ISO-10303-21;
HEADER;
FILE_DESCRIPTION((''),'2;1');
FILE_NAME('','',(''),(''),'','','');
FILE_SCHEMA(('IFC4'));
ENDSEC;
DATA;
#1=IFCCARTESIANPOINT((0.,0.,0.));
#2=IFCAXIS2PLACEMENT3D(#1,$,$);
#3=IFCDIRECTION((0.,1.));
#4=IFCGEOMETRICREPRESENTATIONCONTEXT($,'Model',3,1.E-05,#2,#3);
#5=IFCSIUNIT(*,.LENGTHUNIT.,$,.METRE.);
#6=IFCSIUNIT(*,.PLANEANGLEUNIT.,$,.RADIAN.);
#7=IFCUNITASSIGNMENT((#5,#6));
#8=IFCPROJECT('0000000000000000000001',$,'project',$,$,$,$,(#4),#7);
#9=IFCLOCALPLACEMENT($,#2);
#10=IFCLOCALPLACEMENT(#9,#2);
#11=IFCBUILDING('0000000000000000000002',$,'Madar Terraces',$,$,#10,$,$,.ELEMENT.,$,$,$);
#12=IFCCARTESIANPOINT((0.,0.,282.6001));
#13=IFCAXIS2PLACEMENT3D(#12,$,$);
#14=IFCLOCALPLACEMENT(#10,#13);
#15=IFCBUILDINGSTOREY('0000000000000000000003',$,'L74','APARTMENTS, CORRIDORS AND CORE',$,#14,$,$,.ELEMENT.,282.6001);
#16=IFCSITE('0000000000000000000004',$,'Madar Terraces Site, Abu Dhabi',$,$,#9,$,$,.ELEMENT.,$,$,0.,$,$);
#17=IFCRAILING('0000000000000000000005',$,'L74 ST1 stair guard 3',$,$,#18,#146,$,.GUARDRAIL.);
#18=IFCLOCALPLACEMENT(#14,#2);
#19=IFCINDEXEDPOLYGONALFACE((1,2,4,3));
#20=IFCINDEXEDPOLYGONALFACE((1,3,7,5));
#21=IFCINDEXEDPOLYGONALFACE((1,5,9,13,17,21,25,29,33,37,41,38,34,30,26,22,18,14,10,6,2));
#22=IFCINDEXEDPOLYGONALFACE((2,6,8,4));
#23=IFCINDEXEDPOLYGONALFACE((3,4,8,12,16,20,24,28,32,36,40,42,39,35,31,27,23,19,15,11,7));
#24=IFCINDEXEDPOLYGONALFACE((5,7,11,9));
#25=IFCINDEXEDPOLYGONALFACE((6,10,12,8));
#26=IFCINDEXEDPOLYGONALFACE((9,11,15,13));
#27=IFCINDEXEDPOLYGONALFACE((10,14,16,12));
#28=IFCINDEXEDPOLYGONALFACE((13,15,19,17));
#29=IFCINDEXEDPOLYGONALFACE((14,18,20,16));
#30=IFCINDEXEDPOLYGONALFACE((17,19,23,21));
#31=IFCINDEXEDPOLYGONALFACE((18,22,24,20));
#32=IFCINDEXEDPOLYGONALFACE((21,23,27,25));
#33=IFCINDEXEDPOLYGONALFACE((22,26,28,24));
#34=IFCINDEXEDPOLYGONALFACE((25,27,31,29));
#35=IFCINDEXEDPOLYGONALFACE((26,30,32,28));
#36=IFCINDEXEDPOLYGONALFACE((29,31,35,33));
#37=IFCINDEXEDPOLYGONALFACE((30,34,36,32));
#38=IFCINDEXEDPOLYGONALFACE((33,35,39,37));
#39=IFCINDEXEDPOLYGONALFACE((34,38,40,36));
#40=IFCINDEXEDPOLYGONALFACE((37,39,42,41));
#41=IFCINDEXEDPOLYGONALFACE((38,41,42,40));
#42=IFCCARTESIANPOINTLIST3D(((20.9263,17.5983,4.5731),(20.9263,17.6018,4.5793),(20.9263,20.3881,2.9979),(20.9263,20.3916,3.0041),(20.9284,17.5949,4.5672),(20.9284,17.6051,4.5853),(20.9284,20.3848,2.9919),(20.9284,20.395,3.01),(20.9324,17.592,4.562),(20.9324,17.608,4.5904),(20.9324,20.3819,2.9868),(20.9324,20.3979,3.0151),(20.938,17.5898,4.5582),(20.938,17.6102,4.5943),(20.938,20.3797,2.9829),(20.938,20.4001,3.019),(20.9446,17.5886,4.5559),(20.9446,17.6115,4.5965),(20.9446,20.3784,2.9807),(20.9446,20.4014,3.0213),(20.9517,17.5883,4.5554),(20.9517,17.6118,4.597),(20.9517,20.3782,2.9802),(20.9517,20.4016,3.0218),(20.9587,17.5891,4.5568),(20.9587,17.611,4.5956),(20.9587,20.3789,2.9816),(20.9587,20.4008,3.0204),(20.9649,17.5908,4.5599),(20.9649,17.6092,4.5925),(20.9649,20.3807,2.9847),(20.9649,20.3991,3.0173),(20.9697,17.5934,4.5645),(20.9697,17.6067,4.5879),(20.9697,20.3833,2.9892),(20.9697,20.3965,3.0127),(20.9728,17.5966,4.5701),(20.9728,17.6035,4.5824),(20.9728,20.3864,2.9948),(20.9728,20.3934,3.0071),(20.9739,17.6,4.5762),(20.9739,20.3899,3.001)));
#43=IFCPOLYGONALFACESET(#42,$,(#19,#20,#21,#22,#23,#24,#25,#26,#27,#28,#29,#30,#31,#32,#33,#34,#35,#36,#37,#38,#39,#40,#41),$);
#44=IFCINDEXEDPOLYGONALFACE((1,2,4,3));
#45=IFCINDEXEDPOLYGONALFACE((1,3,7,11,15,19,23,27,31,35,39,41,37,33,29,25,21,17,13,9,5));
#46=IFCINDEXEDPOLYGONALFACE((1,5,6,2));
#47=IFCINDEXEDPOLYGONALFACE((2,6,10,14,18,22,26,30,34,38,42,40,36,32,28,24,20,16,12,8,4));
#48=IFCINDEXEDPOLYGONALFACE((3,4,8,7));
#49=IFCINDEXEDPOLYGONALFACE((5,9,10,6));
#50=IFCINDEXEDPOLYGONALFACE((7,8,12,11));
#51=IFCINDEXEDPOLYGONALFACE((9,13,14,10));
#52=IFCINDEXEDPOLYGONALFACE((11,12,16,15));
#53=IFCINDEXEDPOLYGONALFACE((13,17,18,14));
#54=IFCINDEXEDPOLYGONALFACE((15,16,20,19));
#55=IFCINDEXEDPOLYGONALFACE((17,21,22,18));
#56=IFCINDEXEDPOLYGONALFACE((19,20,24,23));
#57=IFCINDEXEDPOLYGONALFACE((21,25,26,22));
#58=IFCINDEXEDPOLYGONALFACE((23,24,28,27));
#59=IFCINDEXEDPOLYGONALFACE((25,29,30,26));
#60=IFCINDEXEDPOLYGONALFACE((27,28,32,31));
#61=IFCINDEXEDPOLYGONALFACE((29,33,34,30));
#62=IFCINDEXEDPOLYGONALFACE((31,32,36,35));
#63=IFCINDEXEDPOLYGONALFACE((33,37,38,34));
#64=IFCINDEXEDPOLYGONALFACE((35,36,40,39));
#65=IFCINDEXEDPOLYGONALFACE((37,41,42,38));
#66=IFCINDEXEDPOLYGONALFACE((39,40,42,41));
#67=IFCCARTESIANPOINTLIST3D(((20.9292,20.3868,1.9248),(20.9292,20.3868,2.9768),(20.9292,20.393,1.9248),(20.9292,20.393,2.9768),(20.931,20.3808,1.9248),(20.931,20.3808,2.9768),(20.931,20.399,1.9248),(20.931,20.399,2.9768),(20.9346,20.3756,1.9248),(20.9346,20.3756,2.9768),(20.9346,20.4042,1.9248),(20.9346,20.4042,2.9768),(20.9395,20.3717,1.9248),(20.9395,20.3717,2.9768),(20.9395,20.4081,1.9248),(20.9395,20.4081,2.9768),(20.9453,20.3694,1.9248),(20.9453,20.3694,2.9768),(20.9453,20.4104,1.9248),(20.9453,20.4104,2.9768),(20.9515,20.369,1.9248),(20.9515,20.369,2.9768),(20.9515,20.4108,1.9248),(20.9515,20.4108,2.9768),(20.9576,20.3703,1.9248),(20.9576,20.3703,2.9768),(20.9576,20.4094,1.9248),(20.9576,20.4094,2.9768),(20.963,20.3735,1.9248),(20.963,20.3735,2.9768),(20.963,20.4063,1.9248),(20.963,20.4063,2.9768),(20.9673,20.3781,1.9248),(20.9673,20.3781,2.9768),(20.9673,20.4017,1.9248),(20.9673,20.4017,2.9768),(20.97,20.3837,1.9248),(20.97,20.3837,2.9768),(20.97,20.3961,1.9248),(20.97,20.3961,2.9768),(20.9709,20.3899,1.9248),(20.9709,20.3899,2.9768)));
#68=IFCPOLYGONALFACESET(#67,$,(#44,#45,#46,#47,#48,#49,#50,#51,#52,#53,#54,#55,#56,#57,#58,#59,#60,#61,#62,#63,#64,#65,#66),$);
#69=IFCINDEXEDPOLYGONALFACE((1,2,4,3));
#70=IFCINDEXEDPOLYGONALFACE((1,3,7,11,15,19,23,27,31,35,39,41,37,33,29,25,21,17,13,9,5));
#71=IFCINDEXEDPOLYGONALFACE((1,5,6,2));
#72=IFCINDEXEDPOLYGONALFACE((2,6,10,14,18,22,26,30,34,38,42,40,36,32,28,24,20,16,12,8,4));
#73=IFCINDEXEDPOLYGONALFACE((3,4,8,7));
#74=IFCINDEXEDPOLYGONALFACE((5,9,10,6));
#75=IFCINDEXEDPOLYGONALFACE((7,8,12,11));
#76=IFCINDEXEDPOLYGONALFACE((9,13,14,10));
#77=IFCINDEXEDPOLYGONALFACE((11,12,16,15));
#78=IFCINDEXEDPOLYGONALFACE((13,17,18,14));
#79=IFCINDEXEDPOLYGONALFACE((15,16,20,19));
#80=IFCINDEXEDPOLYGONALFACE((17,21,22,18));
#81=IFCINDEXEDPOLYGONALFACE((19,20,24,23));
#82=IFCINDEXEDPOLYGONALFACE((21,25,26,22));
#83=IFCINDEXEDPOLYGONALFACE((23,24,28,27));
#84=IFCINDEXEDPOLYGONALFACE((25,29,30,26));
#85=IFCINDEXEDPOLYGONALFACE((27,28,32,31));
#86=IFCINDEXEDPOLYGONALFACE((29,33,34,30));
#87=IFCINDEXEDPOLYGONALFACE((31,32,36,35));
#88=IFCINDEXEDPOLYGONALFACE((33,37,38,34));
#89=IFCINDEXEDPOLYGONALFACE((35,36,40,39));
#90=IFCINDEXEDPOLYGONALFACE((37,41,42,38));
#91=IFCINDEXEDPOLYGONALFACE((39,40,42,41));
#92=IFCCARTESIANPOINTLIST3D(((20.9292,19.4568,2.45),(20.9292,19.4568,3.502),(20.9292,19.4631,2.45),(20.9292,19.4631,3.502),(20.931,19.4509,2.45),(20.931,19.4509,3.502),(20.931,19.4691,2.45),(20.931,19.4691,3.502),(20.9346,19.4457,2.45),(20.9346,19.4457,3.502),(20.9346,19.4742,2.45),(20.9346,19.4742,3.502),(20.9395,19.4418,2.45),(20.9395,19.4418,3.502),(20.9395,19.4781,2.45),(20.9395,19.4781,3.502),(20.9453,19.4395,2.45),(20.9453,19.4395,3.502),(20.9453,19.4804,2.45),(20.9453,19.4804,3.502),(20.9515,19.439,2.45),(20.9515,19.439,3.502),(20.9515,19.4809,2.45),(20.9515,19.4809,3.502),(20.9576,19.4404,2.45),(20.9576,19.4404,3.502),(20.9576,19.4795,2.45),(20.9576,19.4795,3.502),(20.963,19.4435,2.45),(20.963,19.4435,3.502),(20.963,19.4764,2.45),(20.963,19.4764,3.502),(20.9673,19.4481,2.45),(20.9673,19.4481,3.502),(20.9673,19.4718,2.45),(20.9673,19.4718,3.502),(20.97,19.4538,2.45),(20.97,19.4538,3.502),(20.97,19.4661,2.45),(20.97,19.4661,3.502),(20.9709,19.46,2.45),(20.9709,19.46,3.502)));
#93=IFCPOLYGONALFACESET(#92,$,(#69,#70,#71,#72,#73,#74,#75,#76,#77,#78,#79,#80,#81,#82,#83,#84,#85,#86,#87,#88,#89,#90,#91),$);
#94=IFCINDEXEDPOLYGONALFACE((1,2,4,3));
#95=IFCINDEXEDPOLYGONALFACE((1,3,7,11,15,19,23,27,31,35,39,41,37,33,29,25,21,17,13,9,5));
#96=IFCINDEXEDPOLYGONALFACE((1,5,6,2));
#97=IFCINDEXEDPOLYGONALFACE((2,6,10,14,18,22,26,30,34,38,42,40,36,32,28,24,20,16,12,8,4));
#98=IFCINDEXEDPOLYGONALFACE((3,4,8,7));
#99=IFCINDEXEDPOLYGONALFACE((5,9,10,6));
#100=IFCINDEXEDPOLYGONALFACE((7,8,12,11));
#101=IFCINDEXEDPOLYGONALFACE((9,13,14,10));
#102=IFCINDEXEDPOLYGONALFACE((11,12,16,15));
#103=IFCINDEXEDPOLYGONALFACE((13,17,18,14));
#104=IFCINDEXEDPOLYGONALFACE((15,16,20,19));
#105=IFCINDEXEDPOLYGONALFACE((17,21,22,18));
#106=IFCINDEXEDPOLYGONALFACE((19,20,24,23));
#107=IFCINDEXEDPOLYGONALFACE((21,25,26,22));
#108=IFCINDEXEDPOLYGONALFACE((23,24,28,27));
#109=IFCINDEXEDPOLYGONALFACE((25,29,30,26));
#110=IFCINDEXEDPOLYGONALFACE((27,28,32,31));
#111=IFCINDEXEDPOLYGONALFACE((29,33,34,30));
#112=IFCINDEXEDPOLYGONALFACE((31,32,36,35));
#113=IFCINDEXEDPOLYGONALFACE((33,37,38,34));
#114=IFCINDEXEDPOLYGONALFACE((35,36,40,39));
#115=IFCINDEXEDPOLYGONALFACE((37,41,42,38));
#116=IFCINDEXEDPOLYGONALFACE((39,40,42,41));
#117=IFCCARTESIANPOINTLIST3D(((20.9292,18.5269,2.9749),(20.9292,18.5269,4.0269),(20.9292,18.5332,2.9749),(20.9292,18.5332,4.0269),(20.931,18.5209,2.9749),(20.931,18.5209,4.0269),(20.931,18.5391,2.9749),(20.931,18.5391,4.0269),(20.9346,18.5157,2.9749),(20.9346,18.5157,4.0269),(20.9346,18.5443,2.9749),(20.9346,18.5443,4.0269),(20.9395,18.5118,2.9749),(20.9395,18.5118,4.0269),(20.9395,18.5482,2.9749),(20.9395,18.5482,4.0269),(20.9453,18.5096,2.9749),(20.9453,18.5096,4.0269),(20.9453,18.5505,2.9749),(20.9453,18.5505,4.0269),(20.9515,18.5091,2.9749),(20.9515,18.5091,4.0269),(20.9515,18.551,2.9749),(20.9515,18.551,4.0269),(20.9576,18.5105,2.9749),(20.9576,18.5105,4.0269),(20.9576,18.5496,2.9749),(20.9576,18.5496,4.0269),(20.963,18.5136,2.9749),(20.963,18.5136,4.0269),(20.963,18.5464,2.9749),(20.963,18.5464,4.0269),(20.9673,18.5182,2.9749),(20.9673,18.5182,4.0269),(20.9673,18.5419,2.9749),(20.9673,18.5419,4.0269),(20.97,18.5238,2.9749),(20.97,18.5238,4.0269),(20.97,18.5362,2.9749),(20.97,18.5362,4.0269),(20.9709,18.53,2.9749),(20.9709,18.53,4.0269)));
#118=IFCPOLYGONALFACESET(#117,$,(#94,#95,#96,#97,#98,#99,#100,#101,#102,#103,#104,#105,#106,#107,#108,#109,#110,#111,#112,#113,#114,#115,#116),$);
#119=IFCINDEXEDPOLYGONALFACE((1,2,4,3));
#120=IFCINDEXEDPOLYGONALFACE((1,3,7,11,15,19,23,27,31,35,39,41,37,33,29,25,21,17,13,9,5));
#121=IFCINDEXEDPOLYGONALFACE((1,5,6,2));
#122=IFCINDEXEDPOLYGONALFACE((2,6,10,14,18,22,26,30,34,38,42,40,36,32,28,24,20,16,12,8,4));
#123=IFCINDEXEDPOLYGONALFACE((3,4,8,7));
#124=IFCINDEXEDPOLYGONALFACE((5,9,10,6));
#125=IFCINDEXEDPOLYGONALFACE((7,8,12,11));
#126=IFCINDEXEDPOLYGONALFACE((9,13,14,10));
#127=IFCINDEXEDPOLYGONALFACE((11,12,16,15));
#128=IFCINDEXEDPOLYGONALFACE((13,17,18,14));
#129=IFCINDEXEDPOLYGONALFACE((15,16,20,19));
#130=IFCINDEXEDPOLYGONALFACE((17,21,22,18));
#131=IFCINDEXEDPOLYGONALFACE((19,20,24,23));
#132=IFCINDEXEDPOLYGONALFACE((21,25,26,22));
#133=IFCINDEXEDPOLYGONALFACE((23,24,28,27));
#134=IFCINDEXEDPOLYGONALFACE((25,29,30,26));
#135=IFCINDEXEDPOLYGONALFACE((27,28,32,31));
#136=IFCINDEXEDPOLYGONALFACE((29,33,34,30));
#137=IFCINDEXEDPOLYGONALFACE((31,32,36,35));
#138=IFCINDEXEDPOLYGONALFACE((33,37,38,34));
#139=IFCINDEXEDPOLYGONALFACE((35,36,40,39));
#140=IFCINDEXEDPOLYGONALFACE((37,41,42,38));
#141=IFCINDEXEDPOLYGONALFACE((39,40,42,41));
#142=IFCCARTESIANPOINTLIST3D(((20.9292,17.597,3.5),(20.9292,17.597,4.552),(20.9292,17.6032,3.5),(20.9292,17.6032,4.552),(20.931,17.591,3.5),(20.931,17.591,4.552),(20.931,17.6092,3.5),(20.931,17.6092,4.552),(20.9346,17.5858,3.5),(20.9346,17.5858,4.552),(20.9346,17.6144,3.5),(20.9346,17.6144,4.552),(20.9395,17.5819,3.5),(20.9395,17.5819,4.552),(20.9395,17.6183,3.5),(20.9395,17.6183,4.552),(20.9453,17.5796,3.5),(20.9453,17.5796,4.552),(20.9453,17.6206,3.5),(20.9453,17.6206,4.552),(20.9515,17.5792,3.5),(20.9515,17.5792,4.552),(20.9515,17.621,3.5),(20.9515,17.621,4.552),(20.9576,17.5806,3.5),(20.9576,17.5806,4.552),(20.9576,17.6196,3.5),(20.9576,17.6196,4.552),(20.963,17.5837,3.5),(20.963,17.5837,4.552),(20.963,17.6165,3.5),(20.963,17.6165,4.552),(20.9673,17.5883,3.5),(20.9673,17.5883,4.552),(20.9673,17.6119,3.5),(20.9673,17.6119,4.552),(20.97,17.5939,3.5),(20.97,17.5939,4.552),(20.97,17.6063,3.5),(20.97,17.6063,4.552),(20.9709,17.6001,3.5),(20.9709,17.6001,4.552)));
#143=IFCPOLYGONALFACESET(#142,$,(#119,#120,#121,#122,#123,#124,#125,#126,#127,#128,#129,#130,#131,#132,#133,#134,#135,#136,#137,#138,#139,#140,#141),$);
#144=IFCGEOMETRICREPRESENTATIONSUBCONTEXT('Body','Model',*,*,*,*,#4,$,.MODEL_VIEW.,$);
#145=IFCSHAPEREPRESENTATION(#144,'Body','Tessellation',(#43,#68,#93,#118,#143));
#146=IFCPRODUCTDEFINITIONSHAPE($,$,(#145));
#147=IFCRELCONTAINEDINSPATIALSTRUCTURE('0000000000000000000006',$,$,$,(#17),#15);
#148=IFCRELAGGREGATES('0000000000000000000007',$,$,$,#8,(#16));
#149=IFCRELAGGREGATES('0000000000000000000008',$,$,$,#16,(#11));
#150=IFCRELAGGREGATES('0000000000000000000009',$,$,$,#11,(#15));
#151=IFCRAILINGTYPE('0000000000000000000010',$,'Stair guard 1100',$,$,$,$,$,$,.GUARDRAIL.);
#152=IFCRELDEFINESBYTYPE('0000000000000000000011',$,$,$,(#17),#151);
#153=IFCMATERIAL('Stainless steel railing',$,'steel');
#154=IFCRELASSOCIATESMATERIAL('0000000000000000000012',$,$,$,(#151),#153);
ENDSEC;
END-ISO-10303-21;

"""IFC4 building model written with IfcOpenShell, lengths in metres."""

from ifc_helpers import new_model, si_unit, direction, frame, origin, origin_2d, place, context, subcontext, project, spatial, circle, extrude, material, type_object, element, save


model = new_model("IFC4")

# Units and contexts
model_context = context("Model", 3, precision=1e-05, world=origin(), true_north=direction((0.0, 1.0)))
body_context = subcontext(model_context, "Body", "Model", "MODEL_VIEW")
ifc_project = project(units=[si_unit("LENGTHUNIT", "METRE"), si_unit("PLANEANGLEUNIT", "RADIAN")], contexts=[model_context])

# Site, building, storey
site_placement = place(None, origin())
site = spatial("IfcSite", under=ifc_project, at=site_placement, Name="Madar Terraces Site, Abu Dhabi", CompositionType="ELEMENT", RefElevation=0.0)
building_placement = place(site_placement, origin())
building = spatial("IfcBuilding", under=site, at=building_placement, Name="Madar Terraces", CompositionType="ELEMENT")
storey_placement = place(building_placement, frame((0.0, 0.0, 282.6001)))
storey = spatial("IfcBuildingStorey", under=building, at=storey_placement, Name="L74", Description="APARTMENTS, CORRIDORS AND CORE", CompositionType="ELEMENT", Elevation=282.6001)

# Railing
ifc_material_1 = material(Name="Stainless steel railing", Category="steel")
railing_type_1 = type_object("IfcRailingType", Name="Stair guard 1100", PredefinedType="GUARDRAIL", material=ifc_material_1)
railing_1_placement = place(storey_placement, frame((20.95, 20.3899, 1.9248)))
element("IfcRailing", 1, at=railing_1_placement, inside=storey, type_object=railing_type_1, Name="L74 ST1 stair guard 3", PredefinedType="GUARDRAIL", context=body_context, shape_type="SweptSolid", body=[
    extrude(circle(Radius=0.0239, at=origin_2d()), frame((0.0, 0.0, 1.0762), z_axis=(0.0, -0.870783, 0.491668), x_axis=(1.0, 0.0, 0.0)), (0.0, 0.0, 1.0), 3.2039),
    extrude(circle(Radius=0.021, at=origin_2d()), origin(), (0.0, 0.0, 1.0), 1.052),
    extrude(circle(Radius=0.021, at=origin_2d()), frame((0.0, -0.9299, 0.5251)), (0.0, 0.0, 1.0), 1.052),
    extrude(circle(Radius=0.021, at=origin_2d()), frame((0.0, -1.8599, 1.05)), (0.0, 0.0, 1.0), 1.052),
    extrude(circle(Radius=0.021, at=origin_2d()), frame((0.0, -2.7898, 1.5752)), (0.0, 0.0, 1.0), 1.052),
])

save(model, "model.ifc")
